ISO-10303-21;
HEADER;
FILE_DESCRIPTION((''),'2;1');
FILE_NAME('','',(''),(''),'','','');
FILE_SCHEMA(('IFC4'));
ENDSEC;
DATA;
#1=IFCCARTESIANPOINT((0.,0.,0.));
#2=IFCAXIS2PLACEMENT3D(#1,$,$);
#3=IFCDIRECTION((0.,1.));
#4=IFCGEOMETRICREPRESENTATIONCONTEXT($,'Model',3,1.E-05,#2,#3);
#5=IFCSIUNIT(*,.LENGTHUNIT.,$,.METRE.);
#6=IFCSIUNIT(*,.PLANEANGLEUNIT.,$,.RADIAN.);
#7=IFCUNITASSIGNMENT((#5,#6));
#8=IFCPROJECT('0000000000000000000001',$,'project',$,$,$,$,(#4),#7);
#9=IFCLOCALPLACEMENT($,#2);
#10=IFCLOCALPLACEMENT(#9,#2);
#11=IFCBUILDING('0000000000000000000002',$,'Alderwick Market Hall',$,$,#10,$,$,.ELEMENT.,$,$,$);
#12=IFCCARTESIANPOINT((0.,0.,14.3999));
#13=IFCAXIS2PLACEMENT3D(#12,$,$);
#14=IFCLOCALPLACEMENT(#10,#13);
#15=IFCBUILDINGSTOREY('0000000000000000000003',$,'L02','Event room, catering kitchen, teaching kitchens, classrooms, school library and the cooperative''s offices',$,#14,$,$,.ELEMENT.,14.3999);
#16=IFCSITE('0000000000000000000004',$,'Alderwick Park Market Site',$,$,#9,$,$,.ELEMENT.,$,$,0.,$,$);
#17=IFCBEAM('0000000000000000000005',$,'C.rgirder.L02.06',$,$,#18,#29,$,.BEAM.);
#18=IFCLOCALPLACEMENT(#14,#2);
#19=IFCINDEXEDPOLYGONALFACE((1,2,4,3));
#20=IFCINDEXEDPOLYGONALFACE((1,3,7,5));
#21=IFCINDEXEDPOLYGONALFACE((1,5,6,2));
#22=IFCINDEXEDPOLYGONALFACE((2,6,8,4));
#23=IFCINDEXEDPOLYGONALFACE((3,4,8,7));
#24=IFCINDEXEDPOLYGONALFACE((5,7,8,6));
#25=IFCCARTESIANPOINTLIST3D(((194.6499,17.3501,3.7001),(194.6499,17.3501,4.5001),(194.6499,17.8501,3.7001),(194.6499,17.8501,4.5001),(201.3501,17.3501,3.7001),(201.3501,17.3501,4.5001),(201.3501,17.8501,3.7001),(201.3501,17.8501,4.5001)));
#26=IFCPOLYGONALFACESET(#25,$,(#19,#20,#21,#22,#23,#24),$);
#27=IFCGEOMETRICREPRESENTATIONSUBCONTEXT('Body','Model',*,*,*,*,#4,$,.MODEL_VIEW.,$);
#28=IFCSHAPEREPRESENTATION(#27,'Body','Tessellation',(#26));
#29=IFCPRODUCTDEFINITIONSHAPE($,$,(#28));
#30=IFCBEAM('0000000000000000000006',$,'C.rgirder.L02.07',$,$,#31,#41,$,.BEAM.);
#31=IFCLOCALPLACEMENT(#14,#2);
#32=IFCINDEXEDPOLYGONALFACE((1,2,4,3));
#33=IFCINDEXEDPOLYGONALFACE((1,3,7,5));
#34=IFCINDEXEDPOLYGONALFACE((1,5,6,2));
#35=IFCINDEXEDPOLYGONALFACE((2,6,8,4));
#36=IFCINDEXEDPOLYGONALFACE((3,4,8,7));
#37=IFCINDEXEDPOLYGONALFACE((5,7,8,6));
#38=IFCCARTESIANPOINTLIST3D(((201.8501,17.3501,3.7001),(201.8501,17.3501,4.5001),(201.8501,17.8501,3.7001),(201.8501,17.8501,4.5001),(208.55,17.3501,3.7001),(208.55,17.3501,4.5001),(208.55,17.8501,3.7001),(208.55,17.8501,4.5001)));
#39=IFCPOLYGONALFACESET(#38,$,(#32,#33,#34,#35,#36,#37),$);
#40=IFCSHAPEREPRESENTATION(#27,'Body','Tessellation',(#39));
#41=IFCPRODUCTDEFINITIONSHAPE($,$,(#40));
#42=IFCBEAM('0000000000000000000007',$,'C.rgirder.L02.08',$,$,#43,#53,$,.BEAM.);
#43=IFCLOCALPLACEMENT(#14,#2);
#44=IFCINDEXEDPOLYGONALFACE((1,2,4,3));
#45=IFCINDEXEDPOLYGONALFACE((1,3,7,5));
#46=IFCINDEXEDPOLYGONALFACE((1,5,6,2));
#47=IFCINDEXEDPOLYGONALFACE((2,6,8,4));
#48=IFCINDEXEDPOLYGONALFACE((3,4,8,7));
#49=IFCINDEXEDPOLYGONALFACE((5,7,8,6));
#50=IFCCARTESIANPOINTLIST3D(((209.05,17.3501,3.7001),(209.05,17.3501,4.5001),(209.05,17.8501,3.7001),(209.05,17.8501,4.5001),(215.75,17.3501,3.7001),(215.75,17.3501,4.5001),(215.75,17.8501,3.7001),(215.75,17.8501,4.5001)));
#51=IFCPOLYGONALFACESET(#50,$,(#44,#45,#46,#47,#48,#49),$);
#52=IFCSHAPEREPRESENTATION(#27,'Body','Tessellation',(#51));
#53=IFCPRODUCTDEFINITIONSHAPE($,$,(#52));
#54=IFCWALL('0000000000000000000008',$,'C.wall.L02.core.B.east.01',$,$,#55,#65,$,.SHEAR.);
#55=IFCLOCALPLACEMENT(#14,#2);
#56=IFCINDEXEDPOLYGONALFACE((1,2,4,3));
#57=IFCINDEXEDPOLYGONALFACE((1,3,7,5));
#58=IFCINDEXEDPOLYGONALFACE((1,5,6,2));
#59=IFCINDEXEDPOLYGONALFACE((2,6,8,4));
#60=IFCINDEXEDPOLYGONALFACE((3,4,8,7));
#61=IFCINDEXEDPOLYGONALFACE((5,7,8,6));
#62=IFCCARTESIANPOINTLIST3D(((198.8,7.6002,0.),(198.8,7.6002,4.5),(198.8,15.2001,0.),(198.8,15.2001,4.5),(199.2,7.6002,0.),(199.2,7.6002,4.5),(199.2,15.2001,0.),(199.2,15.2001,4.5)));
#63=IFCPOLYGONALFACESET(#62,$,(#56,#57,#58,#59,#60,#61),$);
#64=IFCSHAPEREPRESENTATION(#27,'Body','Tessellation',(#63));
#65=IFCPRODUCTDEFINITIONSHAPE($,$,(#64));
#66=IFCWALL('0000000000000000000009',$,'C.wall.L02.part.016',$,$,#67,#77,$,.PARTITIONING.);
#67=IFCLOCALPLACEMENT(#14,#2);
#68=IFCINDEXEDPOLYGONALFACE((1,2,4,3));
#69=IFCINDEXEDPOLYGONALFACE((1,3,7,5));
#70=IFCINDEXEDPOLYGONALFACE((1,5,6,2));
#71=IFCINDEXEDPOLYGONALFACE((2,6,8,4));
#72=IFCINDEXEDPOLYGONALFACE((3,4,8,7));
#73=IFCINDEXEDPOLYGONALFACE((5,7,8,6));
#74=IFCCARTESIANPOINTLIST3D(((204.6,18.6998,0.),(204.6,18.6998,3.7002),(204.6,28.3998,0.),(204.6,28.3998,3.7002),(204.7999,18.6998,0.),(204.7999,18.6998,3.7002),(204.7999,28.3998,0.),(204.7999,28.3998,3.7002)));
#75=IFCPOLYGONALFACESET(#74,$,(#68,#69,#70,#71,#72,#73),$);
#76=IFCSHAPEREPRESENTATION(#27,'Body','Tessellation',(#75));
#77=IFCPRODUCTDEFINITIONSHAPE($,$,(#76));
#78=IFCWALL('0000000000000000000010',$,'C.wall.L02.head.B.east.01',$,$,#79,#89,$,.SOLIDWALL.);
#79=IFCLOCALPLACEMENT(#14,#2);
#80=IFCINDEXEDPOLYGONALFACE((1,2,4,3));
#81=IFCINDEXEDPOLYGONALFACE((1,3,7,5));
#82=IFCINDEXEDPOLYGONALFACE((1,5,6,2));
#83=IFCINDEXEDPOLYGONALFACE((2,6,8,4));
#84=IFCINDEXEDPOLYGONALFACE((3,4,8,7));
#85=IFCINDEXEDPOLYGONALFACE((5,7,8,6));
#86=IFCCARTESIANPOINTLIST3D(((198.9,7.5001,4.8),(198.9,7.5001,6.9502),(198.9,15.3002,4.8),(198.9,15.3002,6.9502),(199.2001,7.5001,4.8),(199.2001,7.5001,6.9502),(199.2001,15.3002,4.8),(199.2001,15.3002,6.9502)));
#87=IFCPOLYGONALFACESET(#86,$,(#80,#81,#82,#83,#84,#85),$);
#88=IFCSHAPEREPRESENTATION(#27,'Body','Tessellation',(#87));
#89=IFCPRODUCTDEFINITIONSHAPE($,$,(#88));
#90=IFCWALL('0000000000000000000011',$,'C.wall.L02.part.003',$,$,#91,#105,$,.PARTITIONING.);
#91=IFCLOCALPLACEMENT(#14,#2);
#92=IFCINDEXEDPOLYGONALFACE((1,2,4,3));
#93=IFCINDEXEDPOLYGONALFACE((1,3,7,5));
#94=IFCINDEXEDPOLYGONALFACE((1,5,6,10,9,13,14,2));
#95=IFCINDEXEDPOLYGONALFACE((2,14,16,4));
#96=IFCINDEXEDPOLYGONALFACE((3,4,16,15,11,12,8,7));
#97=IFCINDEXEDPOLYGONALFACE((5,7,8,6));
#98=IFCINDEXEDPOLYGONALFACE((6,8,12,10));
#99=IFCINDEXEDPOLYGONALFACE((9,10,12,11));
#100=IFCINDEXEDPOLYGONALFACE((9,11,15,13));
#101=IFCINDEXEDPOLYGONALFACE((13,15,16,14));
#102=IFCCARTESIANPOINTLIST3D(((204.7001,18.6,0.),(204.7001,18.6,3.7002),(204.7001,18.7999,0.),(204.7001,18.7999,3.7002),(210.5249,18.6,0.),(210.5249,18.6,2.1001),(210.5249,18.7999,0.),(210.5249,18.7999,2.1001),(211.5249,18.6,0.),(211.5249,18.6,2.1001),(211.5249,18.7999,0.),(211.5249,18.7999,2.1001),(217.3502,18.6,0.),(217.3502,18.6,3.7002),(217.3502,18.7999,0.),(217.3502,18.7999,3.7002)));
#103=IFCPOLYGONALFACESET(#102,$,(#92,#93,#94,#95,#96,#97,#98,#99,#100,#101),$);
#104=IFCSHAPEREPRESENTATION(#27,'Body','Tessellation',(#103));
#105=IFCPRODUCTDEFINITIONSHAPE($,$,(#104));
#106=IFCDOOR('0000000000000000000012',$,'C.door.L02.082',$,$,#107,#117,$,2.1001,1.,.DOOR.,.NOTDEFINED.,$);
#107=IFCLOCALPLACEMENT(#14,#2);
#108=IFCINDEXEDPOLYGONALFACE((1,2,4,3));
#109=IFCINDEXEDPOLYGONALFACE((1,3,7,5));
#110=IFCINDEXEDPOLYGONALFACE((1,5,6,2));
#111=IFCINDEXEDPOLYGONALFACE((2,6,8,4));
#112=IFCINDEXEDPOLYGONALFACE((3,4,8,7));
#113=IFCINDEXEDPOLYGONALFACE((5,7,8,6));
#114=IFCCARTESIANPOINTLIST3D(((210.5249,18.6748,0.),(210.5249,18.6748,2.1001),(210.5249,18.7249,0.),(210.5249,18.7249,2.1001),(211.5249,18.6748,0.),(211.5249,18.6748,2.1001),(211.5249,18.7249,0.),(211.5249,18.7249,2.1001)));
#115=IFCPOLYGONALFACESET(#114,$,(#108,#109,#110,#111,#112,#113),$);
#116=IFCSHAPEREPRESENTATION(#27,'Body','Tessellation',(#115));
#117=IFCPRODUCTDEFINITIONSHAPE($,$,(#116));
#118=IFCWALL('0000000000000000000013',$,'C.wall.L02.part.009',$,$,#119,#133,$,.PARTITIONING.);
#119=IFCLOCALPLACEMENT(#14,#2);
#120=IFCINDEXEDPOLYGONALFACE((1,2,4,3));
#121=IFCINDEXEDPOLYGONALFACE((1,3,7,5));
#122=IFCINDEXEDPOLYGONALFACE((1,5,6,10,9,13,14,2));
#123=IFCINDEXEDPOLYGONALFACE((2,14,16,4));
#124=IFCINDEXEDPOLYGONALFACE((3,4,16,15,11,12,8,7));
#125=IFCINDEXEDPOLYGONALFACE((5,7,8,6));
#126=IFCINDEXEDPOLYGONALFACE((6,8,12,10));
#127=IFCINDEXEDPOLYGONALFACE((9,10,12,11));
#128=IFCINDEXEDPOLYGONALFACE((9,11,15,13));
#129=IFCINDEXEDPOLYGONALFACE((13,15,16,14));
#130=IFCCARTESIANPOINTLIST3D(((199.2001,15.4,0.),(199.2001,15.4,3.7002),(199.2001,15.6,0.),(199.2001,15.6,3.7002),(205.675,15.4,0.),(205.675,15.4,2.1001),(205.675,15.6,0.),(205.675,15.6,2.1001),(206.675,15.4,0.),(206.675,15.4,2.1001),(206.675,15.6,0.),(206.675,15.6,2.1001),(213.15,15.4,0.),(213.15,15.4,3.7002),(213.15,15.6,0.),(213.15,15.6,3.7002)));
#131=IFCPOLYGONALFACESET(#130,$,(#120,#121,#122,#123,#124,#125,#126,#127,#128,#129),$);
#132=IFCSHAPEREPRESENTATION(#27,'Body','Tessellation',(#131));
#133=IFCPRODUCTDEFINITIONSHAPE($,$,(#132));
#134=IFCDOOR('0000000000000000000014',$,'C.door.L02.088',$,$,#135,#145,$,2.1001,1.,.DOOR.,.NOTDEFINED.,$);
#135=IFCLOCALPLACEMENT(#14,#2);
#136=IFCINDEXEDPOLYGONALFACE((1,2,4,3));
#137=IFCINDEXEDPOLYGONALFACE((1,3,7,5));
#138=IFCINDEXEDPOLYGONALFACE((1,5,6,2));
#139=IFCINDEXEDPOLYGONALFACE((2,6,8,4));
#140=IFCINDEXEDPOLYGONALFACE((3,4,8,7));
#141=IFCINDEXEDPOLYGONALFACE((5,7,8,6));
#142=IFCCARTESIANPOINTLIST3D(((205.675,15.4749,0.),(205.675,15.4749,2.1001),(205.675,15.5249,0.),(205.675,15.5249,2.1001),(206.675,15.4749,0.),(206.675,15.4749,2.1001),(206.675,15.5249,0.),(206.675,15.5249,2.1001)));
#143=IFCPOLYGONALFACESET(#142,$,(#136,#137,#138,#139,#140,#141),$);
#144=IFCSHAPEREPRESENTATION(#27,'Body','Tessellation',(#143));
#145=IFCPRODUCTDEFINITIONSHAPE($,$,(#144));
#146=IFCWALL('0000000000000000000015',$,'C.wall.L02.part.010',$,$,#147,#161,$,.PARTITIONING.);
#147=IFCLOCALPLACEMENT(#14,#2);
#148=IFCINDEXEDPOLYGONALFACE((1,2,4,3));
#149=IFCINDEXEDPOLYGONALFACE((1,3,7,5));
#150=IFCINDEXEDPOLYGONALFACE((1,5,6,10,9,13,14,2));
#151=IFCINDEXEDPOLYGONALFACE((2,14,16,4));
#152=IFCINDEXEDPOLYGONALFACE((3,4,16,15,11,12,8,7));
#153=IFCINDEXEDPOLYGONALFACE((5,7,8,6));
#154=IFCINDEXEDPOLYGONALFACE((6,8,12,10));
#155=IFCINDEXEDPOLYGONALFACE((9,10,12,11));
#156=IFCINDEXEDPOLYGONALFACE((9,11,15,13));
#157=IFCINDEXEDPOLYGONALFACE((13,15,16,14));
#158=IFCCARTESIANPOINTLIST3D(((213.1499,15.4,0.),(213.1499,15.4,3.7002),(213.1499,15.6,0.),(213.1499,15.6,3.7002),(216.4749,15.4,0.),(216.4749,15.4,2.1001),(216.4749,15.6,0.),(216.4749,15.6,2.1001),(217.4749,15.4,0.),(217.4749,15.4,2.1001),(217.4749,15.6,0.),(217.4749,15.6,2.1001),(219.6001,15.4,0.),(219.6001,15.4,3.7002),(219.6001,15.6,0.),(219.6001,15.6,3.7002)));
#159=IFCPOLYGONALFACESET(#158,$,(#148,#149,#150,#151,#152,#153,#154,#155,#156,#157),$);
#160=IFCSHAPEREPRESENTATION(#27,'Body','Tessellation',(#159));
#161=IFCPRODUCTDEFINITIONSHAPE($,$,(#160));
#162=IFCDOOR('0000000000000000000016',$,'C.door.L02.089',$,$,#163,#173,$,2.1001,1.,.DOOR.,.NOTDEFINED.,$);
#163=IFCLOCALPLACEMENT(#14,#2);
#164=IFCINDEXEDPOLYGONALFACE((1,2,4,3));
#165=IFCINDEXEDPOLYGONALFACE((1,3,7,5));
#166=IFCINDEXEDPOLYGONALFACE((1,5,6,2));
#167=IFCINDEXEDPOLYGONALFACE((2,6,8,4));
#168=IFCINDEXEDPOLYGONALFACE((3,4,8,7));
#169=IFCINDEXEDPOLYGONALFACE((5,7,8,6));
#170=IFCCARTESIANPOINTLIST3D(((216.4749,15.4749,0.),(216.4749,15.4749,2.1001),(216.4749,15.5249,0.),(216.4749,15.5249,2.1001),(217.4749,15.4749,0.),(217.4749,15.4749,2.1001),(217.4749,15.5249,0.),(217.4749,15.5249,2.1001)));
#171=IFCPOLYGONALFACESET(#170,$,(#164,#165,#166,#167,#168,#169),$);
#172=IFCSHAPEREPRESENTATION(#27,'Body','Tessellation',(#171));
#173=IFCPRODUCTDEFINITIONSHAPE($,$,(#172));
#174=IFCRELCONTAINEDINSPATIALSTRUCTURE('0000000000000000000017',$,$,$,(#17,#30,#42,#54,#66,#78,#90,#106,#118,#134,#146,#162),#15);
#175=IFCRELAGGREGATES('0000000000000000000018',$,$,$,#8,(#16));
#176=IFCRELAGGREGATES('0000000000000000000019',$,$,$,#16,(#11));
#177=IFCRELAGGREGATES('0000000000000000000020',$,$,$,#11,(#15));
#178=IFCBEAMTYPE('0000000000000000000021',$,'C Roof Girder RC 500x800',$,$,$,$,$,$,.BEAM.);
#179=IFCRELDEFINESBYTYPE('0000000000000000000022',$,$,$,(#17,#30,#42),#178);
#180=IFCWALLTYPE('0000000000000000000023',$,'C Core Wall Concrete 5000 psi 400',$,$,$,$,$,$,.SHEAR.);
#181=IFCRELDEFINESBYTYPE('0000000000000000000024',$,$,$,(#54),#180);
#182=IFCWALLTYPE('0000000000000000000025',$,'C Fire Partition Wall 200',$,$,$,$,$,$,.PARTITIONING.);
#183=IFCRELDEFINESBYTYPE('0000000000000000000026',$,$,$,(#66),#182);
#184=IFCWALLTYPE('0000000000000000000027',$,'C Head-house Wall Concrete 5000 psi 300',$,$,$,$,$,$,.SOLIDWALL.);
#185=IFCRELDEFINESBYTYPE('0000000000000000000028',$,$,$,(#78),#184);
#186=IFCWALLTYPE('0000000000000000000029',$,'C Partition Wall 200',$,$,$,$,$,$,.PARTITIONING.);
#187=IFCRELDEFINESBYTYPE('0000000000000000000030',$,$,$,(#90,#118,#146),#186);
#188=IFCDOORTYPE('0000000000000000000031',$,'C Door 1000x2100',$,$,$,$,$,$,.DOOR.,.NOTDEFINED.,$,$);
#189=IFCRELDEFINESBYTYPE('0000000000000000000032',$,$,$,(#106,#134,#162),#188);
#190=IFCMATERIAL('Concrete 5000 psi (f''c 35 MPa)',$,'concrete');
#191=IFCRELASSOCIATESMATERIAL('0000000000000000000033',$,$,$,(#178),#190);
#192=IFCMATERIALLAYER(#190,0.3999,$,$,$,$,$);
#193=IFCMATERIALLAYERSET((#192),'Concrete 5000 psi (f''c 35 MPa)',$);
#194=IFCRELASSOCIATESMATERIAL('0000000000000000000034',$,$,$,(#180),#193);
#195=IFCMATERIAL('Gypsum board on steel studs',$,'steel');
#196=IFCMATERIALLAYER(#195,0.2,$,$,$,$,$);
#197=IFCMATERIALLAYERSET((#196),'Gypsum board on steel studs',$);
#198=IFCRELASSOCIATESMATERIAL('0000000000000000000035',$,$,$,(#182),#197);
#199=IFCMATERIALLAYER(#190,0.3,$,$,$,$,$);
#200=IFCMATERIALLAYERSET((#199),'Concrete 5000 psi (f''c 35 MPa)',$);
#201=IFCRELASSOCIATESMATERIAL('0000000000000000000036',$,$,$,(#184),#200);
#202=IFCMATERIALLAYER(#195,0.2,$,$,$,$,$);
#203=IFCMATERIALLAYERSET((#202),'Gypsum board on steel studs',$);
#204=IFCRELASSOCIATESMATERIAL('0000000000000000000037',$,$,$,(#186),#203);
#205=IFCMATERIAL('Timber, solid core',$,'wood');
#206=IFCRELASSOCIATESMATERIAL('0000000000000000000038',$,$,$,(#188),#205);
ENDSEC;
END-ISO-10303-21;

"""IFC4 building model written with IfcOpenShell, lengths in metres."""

from ifc_helpers import new_model, si_unit, direction, frame, frame_2d, origin, origin_2d, place, context, subcontext, project, spatial, rectangle, extrude, material, layer, layer_set, material_profile, profile_set, type_object, element, fill, save


model = new_model("IFC4")

# Units and contexts
model_context = context("Model", 3, precision=1e-05, world=origin(), true_north=direction((0.0, 1.0)))
body_context = subcontext(model_context, "Body", "Model", "MODEL_VIEW")
ifc_project = project(units=[si_unit("LENGTHUNIT", "METRE"), si_unit("PLANEANGLEUNIT", "RADIAN")], contexts=[model_context])

# Site, building, storey
site_placement = place(None, origin())
site = spatial("IfcSite", under=ifc_project, at=site_placement, Name="Alderwick Park Market Site", CompositionType="ELEMENT", RefElevation=0.0)
building_placement = place(site_placement, origin())
building = spatial("IfcBuilding", under=site, at=building_placement, Name="Alderwick Market Hall", CompositionType="ELEMENT")
storey_placement = place(building_placement, frame((0.0, 0.0, 14.3999)))
storey = spatial("IfcBuildingStorey", under=building, at=storey_placement, Name="L02", Description="Event room, catering kitchen, teaching kitchens, classrooms, school library and the cooperative's offices", CompositionType="ELEMENT", Elevation=14.3999)

# Shared definitions
ifc_material_1 = material(Name="Concrete 5000 psi (f'c 35 MPa)", Category="concrete")

# Beams
ifc_material_profile_1 = material_profile(ifc_material_1, rectangle(XDim=0.5, YDim=0.8, at=origin_2d()), Name="RC 500x800")
ifc_profile_set_1 = profile_set([ifc_material_profile_1], Name="Concrete 5000 psi (f'c 35 MPa)")
beam_type = type_object("IfcBeamType", Name="C Roof Girder RC 500x800", PredefinedType="BEAM", material=ifc_profile_set_1)
beam_1_placement = place(storey_placement, frame((194.6499, 17.6001, 4.1001), z_axis=(1.0, 0.0, 0.0), x_axis=(0.0, 1.0, 0.0)))
element("IfcBeam", 1, at=beam_1_placement, inside=storey, type_object=beam_type, Name="C.rgirder.L02.06", PredefinedType="BEAM", context=body_context, shape_type="SweptSolid", body=[
    extrude(rectangle(XDim=0.5, YDim=0.8, at=origin_2d()), origin(), (0.0, 0.0, 1.0), 6.7002),
])
for number, where, z_axis, x_axis, name in (
    (2, (201.8501, 17.6001, 4.1001), (1.0, 0.0, 0.0), (0.0, 1.0, 0.0), "C.rgirder.L02.07"),
    (3, (209.05, 17.6001, 4.1001), (1.0, 0.0, 0.0), (0.0, 1.0, 0.0), "C.rgirder.L02.08"),
):
    element("IfcBeam", number, at=place(storey_placement, frame(where, z_axis=z_axis, x_axis=x_axis)), inside=storey, type_object=beam_type, Name=name, PredefinedType="BEAM", context=body_context, shape_type="SweptSolid", body=[
        extrude(rectangle(XDim=0.5, YDim=0.8, at=origin_2d()), origin(), (0.0, 0.0, 1.0), 6.7),
    ])

# Walls
ifc_layer_1 = layer(ifc_material_1, 0.3999)
ifc_layer_set_1 = layer_set([ifc_layer_1], Name="Concrete 5000 psi (f'c 35 MPa)")
wall_type_1 = type_object("IfcWallType", Name="C Core Wall Concrete 5000 psi 400", PredefinedType="SHEAR", material=ifc_layer_set_1)
wall_1_placement = place(storey_placement, frame((199.0, 15.2, 0.0), z_axis=(0.0, 0.0, 1.0), x_axis=(0.0, -1.0, 0.0)))
element("IfcWall", 4, at=wall_1_placement, inside=storey, type_object=wall_type_1, Name="C.wall.L02.core.B.east.01", PredefinedType="SHEAR", context=body_context, shape_type="SweptSolid", body=[
    extrude(rectangle(XDim=7.5999, YDim=0.3999, at=frame_2d((3.7998, 0.0))), origin(), (0.0, 0.0, 1.0), 4.5),
])
ifc_material_2 = material(Name="Gypsum board on steel studs", Category="steel")
ifc_layer_2 = layer(ifc_material_2, 0.2)
ifc_layer_set_2 = layer_set([ifc_layer_2], Name="Gypsum board on steel studs")
wall_type_2 = type_object("IfcWallType", Name="C Fire Partition Wall 200", PredefinedType="PARTITIONING", material=ifc_layer_set_2)
wall_2_placement = place(storey_placement, frame((204.7, 28.3999, 0.0), z_axis=(0.0, 0.0, 1.0), x_axis=(0.0, -1.0, 0.0)))
element("IfcWall", 5, at=wall_2_placement, inside=storey, type_object=wall_type_2, Name="C.wall.L02.part.016", PredefinedType="PARTITIONING", context=body_context, shape_type="SweptSolid", body=[
    extrude(rectangle(XDim=9.7, YDim=0.2, at=frame_2d((4.8501, 0.0))), origin(), (0.0, 0.0, 1.0), 3.7002),
])
ifc_layer_3 = layer(ifc_material_1, 0.3)
ifc_layer_set_3 = layer_set([ifc_layer_3], Name="Concrete 5000 psi (f'c 35 MPa)")
wall_type_3 = type_object("IfcWallType", Name="C Head-house Wall Concrete 5000 psi 300", PredefinedType="SOLIDWALL", material=ifc_layer_set_3)
wall_3_placement = place(storey_placement, frame((199.05, 15.3, 4.8), z_axis=(0.0, 0.0, 1.0), x_axis=(0.0, -1.0, 0.0)))
element("IfcWall", 6, at=wall_3_placement, inside=storey, type_object=wall_type_3, Name="C.wall.L02.head.B.east.01", PredefinedType="SOLIDWALL", context=body_context, shape_type="SweptSolid", body=[
    extrude(rectangle(XDim=7.8, YDim=0.3, at=frame_2d((3.8999, 0.0))), origin(), (0.0, 0.0, 1.0), 2.1501),
])

# Walls, openings, doors
ifc_layer_4 = layer(ifc_material_2, 0.2)
ifc_layer_set_4 = layer_set([ifc_layer_4], Name="Gypsum board on steel studs")
wall_type_4 = type_object("IfcWallType", Name="C Partition Wall 200", PredefinedType="PARTITIONING", material=ifc_layer_set_4)
wall_4_placement = place(storey_placement, frame((204.7, 18.7, 0.0), z_axis=(0.0, 0.0, 1.0), x_axis=(1.0, 0.0, 0.0)))
wall_4 = element("IfcWall", 7, at=wall_4_placement, inside=storey, type_object=wall_type_4, Name="C.wall.L02.part.003", PredefinedType="PARTITIONING", context=body_context, shape_type="SweptSolid", body=[
    extrude(rectangle(XDim=12.6501, YDim=0.2, at=frame_2d((6.3252, 0.0))), origin(), (0.0, 0.0, 1.0), 3.7002),
])
opening_1_placement = place(wall_4_placement, frame((5.825, 0.0, 0.0)))
opening_1 = element("IfcOpeningElement", 8, at=opening_1_placement, cuts=wall_4, PredefinedType="OPENING", context=body_context, shape_type="SweptSolid", body=[
    extrude(rectangle(XDim=1.0, YDim=2.1001, at=frame_2d((0.5, 1.05))), frame((0.0, 0.1099, 0.0), z_axis=(0.0, -1.0, 0.0), x_axis=(1.0, 0.0, 0.0)), (0.0, 0.0, 1.0), 0.22),
])
ifc_material_3 = material(Name="Timber, solid core", Category="wood")
door_type = type_object("IfcDoorType", Name="C Door 1000x2100", OperationType="NOTDEFINED", PredefinedType="DOOR", material=ifc_material_3)
door_1_placement = place(opening_1_placement, origin())
door_1 = element("IfcDoor", 9, at=door_1_placement, inside=storey, type_object=door_type, Name="C.door.L02.082", OperationType="NOTDEFINED", OverallHeight=2.1001, OverallWidth=1.0, PredefinedType="DOOR", context=body_context, shape_type="SweptSolid", body=[
    extrude(rectangle(XDim=1.0, YDim=2.1001, at=frame_2d((0.5, 1.05))), frame((0.0, 0.0249, 0.0), z_axis=(0.0, -1.0, 0.0), x_axis=(1.0, 0.0, 0.0)), (0.0, 0.0, 1.0), 0.05),
])
fill(opening_1, door_1)
wall_5_placement = place(storey_placement, frame((199.2, 15.5, 0.0), z_axis=(0.0, 0.0, 1.0), x_axis=(1.0, 0.0, 0.0)))
wall_5 = element("IfcWall", 10, at=wall_5_placement, inside=storey, type_object=wall_type_4, Name="C.wall.L02.part.009", PredefinedType="PARTITIONING", context=body_context, shape_type="SweptSolid", body=[
    extrude(rectangle(XDim=13.95, YDim=0.2, at=frame_2d((6.9751, 0.0))), origin(), (0.0, 0.0, 1.0), 3.7002),
])
opening_2_placement = place(wall_5_placement, frame((6.4751, 0.0, 0.0)))
opening_2 = element("IfcOpeningElement", 11, at=opening_2_placement, cuts=wall_5, PredefinedType="OPENING", context=body_context, shape_type="SweptSolid", body=[
    extrude(rectangle(XDim=1.0, YDim=2.1001, at=frame_2d((0.5, 1.05))), frame((0.0, 0.1099, 0.0), z_axis=(0.0, -1.0, 0.0), x_axis=(1.0, 0.0, 0.0)), (0.0, 0.0, 1.0), 0.22),
])
door_2_placement = place(opening_2_placement, origin())
door_2 = element("IfcDoor", 12, at=door_2_placement, inside=storey, type_object=door_type, Name="C.door.L02.088", OperationType="NOTDEFINED", OverallHeight=2.1001, OverallWidth=1.0, PredefinedType="DOOR", context=body_context, shape_type="SweptSolid", body=[
    extrude(rectangle(XDim=1.0, YDim=2.1001, at=frame_2d((0.5, 1.05))), frame((0.0, 0.0249, 0.0), z_axis=(0.0, -1.0, 0.0), x_axis=(1.0, 0.0, 0.0)), (0.0, 0.0, 1.0), 0.05),
])
fill(opening_2, door_2)
wall_6_placement = place(storey_placement, frame((213.1499, 15.5, 0.0), z_axis=(0.0, 0.0, 1.0), x_axis=(1.0, 0.0, 0.0)))
wall_6 = element("IfcWall", 13, at=wall_6_placement, inside=storey, type_object=wall_type_4, Name="C.wall.L02.part.010", PredefinedType="PARTITIONING", context=body_context, shape_type="SweptSolid", body=[
    extrude(rectangle(XDim=6.4502, YDim=0.2, at=frame_2d((3.2251, 0.0))), origin(), (0.0, 0.0, 1.0), 3.7002),
])
opening_3_placement = place(wall_6_placement, frame((3.325, 0.0, 0.0)))
opening_3 = element("IfcOpeningElement", 14, at=opening_3_placement, cuts=wall_6, PredefinedType="OPENING", context=body_context, shape_type="SweptSolid", body=[
    extrude(rectangle(XDim=1.0, YDim=2.1001, at=frame_2d((0.5, 1.05))), frame((0.0, 0.1099, 0.0), z_axis=(0.0, -1.0, 0.0), x_axis=(1.0, 0.0, 0.0)), (0.0, 0.0, 1.0), 0.22),
])
door_3_placement = place(opening_3_placement, origin())
door_3 = element("IfcDoor", 15, at=door_3_placement, inside=storey, type_object=door_type, Name="C.door.L02.089", OperationType="NOTDEFINED", OverallHeight=2.1001, OverallWidth=1.0, PredefinedType="DOOR", context=body_context, shape_type="SweptSolid", body=[
    extrude(rectangle(XDim=1.0, YDim=2.1001, at=frame_2d((0.5, 1.05))), frame((0.0, 0.0249, 0.0), z_axis=(0.0, -1.0, 0.0), x_axis=(1.0, 0.0, 0.0)), (0.0, 0.0, 1.0), 0.05),
])
fill(opening_3, door_3)

save(model, "model.ifc")
